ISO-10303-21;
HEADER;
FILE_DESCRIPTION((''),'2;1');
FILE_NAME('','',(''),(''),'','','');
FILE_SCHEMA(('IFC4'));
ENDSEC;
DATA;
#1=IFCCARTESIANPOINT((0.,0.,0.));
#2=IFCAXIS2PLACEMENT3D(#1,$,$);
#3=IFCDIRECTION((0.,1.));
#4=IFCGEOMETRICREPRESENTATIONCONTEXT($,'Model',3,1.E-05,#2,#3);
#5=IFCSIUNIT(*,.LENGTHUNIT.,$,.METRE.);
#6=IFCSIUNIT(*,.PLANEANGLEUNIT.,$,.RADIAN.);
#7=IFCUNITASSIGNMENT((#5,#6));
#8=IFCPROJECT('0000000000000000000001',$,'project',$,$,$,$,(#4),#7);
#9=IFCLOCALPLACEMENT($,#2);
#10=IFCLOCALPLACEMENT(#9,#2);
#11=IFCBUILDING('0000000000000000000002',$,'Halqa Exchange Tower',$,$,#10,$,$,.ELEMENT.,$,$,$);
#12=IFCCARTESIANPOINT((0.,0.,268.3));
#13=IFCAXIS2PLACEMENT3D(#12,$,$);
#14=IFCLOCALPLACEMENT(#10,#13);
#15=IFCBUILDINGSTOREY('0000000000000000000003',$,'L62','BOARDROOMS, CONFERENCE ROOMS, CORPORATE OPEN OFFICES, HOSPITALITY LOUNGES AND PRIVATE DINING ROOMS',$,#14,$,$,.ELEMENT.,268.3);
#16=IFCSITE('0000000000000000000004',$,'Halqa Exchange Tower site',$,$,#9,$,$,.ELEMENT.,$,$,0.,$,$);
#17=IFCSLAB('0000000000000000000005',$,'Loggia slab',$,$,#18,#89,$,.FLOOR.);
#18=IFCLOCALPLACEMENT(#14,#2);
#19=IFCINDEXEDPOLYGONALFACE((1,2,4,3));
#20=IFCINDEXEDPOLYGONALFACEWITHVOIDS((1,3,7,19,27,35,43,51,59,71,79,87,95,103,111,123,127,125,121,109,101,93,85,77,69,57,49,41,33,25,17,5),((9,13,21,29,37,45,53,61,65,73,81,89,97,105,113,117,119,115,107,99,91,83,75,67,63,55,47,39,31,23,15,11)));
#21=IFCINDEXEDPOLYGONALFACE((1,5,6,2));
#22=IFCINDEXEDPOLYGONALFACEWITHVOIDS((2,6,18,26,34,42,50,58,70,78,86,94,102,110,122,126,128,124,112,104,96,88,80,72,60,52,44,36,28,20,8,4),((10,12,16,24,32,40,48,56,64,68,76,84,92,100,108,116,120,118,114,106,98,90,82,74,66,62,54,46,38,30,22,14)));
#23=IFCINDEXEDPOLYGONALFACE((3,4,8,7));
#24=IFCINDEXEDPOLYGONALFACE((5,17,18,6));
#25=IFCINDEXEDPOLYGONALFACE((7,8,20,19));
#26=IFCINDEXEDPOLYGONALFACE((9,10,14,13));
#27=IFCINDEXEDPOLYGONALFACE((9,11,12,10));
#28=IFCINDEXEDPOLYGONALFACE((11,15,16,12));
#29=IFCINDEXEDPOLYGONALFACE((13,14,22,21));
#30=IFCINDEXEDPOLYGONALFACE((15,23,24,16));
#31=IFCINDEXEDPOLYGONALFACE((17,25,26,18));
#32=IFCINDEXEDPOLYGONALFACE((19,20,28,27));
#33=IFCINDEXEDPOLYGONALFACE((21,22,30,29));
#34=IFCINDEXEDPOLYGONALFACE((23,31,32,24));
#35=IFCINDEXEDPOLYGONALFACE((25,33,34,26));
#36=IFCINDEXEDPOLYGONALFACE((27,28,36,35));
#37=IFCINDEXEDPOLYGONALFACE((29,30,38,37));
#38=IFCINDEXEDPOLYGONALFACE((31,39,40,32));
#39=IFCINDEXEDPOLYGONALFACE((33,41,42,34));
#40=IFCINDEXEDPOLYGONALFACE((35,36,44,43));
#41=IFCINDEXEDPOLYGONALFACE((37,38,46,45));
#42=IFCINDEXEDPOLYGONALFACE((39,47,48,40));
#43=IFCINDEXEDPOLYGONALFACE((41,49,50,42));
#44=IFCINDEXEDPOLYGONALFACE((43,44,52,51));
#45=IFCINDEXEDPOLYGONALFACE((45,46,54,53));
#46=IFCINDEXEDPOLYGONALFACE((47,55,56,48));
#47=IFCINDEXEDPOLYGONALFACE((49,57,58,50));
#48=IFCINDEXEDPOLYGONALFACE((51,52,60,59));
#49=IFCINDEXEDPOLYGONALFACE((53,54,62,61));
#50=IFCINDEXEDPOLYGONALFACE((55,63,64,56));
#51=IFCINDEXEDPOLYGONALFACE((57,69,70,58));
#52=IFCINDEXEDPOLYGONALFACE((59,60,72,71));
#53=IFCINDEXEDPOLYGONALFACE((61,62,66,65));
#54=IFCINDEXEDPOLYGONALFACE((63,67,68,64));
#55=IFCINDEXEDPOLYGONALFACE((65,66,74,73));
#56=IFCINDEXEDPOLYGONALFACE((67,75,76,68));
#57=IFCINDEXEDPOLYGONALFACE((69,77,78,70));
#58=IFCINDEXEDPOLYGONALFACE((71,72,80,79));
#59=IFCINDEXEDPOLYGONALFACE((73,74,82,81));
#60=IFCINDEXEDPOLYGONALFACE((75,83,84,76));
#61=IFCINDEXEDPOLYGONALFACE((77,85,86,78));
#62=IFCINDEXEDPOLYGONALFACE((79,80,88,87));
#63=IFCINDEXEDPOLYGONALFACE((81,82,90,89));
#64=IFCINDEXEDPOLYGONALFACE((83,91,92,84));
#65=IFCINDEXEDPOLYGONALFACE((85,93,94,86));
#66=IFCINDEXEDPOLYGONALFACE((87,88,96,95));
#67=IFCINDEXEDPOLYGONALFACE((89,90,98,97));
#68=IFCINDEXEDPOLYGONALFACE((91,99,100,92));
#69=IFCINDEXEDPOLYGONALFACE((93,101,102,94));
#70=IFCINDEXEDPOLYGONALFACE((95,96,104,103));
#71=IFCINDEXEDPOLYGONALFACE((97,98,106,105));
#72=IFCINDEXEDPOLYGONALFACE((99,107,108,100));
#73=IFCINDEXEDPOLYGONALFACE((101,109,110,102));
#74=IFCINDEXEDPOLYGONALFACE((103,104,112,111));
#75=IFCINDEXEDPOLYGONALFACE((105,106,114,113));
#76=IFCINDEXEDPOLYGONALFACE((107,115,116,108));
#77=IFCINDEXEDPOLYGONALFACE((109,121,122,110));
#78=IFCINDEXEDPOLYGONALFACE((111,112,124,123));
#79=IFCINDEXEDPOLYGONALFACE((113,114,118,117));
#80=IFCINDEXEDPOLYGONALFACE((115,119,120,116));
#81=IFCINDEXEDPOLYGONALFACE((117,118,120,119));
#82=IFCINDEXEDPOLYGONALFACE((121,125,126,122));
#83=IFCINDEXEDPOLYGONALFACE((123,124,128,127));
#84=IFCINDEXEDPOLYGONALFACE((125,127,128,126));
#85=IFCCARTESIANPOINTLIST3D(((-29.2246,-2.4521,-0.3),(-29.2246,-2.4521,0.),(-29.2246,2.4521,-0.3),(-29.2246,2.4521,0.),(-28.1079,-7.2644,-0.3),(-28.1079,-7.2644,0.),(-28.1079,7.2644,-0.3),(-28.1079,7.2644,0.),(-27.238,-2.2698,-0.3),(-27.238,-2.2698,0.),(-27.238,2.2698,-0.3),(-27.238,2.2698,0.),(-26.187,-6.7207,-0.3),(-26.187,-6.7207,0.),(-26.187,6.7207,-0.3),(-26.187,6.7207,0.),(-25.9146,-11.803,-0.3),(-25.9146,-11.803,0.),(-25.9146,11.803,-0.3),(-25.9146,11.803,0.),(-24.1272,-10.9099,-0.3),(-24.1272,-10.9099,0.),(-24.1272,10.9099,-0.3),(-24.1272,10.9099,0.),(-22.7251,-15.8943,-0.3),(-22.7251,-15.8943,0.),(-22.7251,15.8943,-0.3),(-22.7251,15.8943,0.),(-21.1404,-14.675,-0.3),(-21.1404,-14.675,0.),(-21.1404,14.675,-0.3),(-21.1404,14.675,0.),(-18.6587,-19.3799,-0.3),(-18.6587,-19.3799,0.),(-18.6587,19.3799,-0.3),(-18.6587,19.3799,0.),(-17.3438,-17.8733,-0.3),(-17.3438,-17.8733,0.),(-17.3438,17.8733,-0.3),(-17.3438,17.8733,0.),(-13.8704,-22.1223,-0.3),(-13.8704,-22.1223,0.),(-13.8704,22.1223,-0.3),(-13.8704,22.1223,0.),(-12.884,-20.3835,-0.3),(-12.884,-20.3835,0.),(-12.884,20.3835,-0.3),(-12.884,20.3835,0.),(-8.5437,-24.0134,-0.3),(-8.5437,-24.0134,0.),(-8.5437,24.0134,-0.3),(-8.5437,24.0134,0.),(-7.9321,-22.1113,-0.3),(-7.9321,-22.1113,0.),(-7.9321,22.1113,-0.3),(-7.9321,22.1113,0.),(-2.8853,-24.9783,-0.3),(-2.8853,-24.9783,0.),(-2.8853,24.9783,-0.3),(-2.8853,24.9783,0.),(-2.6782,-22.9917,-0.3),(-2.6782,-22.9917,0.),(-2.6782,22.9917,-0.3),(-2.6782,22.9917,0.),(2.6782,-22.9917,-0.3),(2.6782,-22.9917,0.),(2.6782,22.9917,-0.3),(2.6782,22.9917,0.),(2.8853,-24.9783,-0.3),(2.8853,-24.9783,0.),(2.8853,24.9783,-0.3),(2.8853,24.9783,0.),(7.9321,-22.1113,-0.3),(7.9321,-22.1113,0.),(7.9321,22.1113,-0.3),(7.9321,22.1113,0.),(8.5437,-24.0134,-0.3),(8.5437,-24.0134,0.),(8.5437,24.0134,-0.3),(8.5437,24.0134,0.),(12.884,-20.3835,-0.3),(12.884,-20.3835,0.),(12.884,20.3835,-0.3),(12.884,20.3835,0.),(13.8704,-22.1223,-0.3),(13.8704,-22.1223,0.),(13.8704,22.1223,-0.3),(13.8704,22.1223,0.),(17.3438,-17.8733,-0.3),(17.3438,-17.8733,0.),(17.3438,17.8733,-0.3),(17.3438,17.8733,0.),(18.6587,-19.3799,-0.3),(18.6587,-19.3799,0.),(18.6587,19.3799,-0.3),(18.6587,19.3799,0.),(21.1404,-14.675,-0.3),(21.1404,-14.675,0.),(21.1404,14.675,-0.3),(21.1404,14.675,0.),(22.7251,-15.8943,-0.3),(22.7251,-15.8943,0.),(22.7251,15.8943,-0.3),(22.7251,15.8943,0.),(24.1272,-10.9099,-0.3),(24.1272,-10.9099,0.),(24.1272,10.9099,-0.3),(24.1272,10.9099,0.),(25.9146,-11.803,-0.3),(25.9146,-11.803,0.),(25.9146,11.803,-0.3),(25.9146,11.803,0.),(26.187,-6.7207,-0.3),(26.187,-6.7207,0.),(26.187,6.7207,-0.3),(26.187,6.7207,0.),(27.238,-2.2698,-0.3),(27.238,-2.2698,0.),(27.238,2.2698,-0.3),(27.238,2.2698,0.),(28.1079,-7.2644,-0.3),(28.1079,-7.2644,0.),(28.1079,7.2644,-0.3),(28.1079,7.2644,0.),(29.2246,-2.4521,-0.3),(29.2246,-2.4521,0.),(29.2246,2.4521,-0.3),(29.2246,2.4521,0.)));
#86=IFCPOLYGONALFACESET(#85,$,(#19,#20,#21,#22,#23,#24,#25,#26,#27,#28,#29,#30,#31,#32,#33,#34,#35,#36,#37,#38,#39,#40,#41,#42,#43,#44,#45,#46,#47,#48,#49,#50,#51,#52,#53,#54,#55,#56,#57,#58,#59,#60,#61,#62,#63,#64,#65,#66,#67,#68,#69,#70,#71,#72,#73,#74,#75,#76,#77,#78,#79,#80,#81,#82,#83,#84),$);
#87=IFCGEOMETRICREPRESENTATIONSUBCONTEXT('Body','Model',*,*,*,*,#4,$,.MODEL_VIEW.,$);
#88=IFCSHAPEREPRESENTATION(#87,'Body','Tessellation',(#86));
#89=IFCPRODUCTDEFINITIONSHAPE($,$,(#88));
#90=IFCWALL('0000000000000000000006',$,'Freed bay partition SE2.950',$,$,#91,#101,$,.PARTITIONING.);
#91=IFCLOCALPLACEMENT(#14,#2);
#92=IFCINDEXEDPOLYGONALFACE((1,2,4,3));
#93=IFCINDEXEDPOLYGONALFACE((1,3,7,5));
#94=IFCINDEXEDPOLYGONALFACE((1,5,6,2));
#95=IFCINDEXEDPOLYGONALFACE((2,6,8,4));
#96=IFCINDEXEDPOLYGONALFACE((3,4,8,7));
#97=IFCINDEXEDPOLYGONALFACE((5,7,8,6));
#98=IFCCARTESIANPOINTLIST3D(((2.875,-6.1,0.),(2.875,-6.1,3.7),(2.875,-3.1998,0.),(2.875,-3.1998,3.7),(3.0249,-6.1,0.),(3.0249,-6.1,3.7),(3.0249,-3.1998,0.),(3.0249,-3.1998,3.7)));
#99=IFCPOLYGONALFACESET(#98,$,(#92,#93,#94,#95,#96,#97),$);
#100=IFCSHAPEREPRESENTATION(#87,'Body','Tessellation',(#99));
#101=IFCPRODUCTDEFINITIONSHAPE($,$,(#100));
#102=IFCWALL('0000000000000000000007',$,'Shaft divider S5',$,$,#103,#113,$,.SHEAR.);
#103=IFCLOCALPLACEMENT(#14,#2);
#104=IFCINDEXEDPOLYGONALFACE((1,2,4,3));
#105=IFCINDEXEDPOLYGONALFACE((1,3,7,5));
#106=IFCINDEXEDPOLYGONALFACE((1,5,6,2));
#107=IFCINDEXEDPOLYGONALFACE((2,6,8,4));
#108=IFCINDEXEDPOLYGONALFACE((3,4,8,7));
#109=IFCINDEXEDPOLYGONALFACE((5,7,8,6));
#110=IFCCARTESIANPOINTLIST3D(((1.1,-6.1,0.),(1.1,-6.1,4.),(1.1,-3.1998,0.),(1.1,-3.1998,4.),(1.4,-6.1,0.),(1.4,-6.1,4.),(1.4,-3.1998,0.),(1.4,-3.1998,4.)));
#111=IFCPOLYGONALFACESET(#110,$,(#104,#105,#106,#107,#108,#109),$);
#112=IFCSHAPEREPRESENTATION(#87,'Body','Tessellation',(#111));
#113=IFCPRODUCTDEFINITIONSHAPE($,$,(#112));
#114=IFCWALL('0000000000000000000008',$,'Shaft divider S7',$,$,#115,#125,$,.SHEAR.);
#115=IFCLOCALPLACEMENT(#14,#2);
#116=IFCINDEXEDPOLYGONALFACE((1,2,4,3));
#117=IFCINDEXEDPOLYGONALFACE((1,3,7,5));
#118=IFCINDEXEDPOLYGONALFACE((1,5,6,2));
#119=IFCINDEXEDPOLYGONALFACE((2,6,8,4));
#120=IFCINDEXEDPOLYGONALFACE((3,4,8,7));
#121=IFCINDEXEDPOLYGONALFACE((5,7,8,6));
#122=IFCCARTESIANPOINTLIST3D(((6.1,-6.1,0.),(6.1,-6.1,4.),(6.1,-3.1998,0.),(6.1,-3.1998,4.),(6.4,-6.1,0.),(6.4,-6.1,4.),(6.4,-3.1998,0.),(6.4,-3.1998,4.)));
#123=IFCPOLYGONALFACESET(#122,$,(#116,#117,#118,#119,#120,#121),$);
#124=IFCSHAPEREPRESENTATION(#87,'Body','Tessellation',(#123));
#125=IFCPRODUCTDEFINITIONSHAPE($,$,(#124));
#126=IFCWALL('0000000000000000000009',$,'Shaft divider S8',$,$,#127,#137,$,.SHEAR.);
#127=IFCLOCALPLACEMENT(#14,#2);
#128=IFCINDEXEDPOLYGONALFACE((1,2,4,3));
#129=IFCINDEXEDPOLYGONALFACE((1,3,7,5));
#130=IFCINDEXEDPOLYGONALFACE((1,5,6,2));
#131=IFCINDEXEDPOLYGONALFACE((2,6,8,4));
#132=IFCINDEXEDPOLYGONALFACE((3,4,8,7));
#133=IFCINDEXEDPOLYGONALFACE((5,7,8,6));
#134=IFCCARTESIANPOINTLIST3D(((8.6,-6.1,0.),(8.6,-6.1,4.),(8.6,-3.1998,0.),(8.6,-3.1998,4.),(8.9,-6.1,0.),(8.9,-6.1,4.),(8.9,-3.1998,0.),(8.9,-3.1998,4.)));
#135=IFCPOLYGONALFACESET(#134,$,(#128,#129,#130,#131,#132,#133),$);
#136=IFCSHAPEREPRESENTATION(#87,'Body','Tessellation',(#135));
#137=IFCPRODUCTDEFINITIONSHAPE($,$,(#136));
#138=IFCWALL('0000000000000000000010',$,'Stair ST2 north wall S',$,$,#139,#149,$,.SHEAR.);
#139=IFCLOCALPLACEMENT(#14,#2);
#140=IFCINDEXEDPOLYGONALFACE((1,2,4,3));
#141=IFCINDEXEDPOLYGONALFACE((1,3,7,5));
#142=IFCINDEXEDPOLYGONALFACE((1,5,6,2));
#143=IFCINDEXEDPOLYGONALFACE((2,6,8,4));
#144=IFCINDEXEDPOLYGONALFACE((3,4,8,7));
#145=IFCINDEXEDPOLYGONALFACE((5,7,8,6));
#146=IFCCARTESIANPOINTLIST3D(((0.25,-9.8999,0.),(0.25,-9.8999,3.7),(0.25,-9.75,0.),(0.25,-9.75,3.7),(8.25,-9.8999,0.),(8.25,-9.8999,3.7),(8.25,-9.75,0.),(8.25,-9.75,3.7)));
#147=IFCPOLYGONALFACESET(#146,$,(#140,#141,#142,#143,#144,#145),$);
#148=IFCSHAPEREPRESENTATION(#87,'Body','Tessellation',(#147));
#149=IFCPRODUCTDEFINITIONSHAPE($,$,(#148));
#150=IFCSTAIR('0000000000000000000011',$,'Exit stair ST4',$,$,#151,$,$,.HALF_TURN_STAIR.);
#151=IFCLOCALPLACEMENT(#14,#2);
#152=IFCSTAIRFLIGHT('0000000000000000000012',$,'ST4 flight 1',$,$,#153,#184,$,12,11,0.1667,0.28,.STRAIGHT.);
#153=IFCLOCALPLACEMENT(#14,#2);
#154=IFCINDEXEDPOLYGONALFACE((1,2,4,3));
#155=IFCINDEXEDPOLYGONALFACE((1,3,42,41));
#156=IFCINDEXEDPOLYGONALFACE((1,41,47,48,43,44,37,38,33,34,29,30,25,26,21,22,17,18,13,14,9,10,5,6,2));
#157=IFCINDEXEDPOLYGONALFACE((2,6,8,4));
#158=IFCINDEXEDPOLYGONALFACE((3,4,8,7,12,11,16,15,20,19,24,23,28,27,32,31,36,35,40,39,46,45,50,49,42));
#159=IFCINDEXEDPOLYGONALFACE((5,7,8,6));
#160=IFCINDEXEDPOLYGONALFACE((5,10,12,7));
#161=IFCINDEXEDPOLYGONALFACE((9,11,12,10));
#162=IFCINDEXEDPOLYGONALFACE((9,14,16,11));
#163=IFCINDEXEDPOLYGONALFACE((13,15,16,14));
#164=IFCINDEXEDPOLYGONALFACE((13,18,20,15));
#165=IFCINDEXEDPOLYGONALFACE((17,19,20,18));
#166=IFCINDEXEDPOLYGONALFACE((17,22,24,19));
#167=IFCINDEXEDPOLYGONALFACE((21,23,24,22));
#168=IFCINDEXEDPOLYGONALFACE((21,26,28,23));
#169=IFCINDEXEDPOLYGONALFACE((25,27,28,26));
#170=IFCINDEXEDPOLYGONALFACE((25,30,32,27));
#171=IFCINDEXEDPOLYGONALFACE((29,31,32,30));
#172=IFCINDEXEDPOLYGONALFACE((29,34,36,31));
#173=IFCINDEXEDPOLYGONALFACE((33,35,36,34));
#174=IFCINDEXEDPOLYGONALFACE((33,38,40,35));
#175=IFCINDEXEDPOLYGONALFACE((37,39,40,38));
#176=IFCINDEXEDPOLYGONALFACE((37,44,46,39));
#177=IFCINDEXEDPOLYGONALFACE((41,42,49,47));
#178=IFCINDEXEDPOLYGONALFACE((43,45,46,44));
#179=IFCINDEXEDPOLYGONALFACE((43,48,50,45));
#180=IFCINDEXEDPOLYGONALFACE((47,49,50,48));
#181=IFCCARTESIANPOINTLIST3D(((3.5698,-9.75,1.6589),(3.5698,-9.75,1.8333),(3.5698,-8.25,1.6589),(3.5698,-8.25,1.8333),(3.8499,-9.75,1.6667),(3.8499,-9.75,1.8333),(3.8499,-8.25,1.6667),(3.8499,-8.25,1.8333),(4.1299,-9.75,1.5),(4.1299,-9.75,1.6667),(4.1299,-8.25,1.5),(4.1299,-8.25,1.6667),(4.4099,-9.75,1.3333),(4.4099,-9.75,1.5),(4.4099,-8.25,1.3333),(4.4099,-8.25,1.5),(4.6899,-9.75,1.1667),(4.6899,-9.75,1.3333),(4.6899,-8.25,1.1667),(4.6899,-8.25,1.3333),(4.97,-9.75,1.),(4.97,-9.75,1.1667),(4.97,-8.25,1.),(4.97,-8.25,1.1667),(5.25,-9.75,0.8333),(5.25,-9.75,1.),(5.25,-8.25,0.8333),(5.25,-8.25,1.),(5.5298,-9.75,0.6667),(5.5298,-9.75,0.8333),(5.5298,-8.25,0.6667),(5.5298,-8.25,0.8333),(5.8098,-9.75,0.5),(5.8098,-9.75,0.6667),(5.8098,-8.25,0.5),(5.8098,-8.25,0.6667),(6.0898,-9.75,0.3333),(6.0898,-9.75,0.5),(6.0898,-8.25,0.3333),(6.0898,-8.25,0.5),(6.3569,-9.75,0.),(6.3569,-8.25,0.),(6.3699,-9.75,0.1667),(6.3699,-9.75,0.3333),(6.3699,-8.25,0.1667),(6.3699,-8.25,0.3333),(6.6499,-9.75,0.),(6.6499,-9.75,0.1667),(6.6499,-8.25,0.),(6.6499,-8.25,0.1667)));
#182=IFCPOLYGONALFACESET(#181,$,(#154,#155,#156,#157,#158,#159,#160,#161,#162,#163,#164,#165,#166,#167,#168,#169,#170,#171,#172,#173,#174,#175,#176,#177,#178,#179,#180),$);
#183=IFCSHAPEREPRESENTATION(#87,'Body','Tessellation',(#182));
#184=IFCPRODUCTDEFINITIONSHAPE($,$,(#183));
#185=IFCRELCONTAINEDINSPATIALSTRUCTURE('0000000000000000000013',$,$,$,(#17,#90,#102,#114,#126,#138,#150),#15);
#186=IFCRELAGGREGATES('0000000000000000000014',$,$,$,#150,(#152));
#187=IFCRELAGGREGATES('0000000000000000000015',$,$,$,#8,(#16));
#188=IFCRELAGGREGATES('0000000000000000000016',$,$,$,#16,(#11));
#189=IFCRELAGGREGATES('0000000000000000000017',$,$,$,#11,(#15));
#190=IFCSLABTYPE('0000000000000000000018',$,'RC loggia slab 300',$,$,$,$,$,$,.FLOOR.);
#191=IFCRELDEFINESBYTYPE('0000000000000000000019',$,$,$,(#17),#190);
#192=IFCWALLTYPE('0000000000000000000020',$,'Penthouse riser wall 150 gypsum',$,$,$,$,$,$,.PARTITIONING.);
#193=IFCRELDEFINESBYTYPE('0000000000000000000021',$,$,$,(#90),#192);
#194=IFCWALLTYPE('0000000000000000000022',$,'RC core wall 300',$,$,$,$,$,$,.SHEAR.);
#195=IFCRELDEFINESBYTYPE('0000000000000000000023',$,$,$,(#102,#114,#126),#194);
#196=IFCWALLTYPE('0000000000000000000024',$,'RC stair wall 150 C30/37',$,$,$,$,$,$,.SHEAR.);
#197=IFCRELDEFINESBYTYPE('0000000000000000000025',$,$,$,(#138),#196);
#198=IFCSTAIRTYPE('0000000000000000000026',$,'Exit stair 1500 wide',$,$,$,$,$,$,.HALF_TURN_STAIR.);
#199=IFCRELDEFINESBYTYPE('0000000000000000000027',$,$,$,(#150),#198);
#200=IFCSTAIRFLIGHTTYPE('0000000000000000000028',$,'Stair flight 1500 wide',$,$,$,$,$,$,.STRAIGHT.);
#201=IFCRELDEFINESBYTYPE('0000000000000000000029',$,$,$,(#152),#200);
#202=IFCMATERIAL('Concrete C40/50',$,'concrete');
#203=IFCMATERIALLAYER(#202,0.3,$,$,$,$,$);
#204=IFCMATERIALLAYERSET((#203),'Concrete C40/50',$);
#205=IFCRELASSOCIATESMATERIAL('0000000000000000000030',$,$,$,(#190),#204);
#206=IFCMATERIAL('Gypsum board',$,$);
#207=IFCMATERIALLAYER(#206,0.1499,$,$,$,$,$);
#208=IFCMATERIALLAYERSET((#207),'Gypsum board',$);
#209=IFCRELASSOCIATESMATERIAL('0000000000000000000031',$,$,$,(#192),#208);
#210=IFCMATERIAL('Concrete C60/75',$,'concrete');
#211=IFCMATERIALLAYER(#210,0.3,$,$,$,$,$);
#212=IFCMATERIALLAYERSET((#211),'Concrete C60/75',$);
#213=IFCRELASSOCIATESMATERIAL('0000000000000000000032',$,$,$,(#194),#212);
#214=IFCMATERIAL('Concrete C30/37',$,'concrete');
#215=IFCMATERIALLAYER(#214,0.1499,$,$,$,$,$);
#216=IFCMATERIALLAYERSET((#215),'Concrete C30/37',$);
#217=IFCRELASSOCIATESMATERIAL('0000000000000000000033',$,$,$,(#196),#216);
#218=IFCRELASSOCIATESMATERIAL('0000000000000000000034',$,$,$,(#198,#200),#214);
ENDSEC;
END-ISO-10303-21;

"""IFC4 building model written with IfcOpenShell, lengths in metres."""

from ifc_helpers import new_model, si_unit, direction, frame, frame_2d, origin, place, context, subcontext, project, spatial, polyline, rectangle, outline, extrude, material, layer, layer_set, type_object, element, aggregate, save


model = new_model("IFC4")

# Units and contexts
model_context = context("Model", 3, precision=1e-05, world=origin(), true_north=direction((0.0, 1.0)))
body_context = subcontext(model_context, "Body", "Model", "MODEL_VIEW")
ifc_project = project(units=[si_unit("LENGTHUNIT", "METRE"), si_unit("PLANEANGLEUNIT", "RADIAN")], contexts=[model_context])

# Site, building, storey
site_placement = place(None, origin())
site = spatial("IfcSite", under=ifc_project, at=site_placement, Name="Halqa Exchange Tower site", CompositionType="ELEMENT", RefElevation=0.0)
building_placement = place(site_placement, origin())
building = spatial("IfcBuilding", under=site, at=building_placement, Name="Halqa Exchange Tower", CompositionType="ELEMENT")
storey_placement = place(building_placement, frame((0.0, 0.0, 268.3)))
storey = spatial("IfcBuildingStorey", under=building, at=storey_placement, Name="L62", Description="BOARDROOMS, CONFERENCE ROOMS, CORPORATE OPEN OFFICES, HOSPITALITY LOUNGES AND PRIVATE DINING ROOMS", CompositionType="ELEMENT", Elevation=268.3)

# Slab
ifc_material_1 = material(Name="Concrete C60/75", Category="concrete")
ifc_material_2 = material(Name="Concrete C40/50", Category="concrete")
ifc_layer_1 = layer(ifc_material_2, 0.3)
ifc_layer_set_1 = layer_set([ifc_layer_1], Name="Concrete C40/50")
slab_type_1 = type_object("IfcSlabType", Name="RC loggia slab 300", PredefinedType="FLOOR", material=ifc_layer_set_1)
slab_1_placement = place(storey_placement, frame((0.0, 0.0, -0.3)))
element("IfcSlab", 1, at=slab_1_placement, inside=storey, type_object=slab_type_1, Name="Loggia slab", PredefinedType="FLOOR", context=body_context, shape_type="SweptSolid", body=[
    extrude(outline(polyline([(29.2246, 2.4521), (29.2246, -2.4521), (28.1079, -7.2644), (25.9146, -11.803), (22.7251, -15.8943), (18.6587, -19.3799), (13.8704, -22.1223), (8.5437, -24.0134), (2.8853, -24.9783), (-2.8853, -24.9783), (-8.5437, -24.0134), (-13.8704, -22.1223), (-18.6587, -19.3799), (-22.7251, -15.8943), (-25.9146, -11.803), (-28.1079, -7.2644), (-29.2246, -2.4521), (-29.2246, 2.4521), (-28.1079, 7.2644), (-25.9146, 11.803), (-22.7251, 15.8943), (-18.6587, 19.3799), (-13.8704, 22.1223), (-8.5437, 24.0134), (-2.8853, 24.9783), (2.8853, 24.9783), (8.5437, 24.0134), (13.8704, 22.1223), (18.6587, 19.3799), (22.7251, 15.8943), (25.9146, 11.803), (28.1079, 7.2644), (29.2246, 2.4521)]), holes=[polyline([(27.238, 2.2698), (26.187, 6.7207), (24.1272, 10.9099), (21.1404, 14.675), (17.3438, 17.8733), (12.884, 20.3835), (7.9321, 22.1113), (2.6782, 22.9917), (-2.6782, 22.9917), (-7.9321, 22.1113), (-12.884, 20.3835), (-17.3438, 17.8733), (-21.1404, 14.675), (-24.1272, 10.9099), (-26.187, 6.7207), (-27.238, 2.2698), (-27.238, -2.2698), (-26.187, -6.7207), (-24.1272, -10.9099), (-21.1404, -14.675), (-17.3438, -17.8733), (-12.884, -20.3835), (-7.9321, -22.1113), (-2.6782, -22.9917), (2.6782, -22.9917), (7.9321, -22.1113), (12.884, -20.3835), (17.3438, -17.8733), (21.1404, -14.675), (24.1272, -10.9099), (26.187, -6.7207), (27.238, -2.2698), (27.238, 2.2698)])]), origin(), (0.0, 0.0, 1.0), 0.3),
])

# Walls
ifc_material_3 = material(Name="Gypsum board")
ifc_layer_2 = layer(ifc_material_3, 0.1499)
ifc_layer_set_2 = layer_set([ifc_layer_2], Name="Gypsum board")
wall_type_1 = type_object("IfcWallType", Name="Penthouse riser wall 150 gypsum", PredefinedType="PARTITIONING", material=ifc_layer_set_2)
wall_1_placement = place(storey_placement, frame((2.95, -6.1001, 0.0), z_axis=(0.0, 0.0, 1.0), x_axis=(0.0, 1.0, 0.0)))
element("IfcWall", 2, at=wall_1_placement, inside=storey, type_object=wall_type_1, Name="Freed bay partition SE2.950", PredefinedType="PARTITIONING", context=body_context, shape_type="SweptSolid", body=[
    extrude(rectangle(XDim=2.9001, YDim=0.1499, at=frame_2d((1.4502, 0.0))), origin(), (0.0, 0.0, 1.0), 3.7),
])
ifc_layer_3 = layer(ifc_material_1, 0.3)
ifc_layer_set_3 = layer_set([ifc_layer_3], Name="Concrete C60/75")
wall_type_2 = type_object("IfcWallType", Name="RC core wall 300", PredefinedType="SHEAR", material=ifc_layer_set_3)
for number, where, z_axis, x_axis, name in (
    (3, (1.25, -6.1001, 0.0), (0.0, 0.0, 1.0), (0.0, 1.0, 0.0), "Shaft divider S5"),
    (4, (6.25, -6.1001, 0.0), (0.0, 0.0, 1.0), (0.0, 1.0, 0.0), "Shaft divider S7"),
    (5, (8.75, -6.1001, 0.0), (0.0, 0.0, 1.0), (0.0, 1.0, 0.0), "Shaft divider S8"),
):
    element("IfcWall", number, at=place(storey_placement, frame(where, z_axis=z_axis, x_axis=x_axis)), inside=storey, type_object=wall_type_2, Name=name, PredefinedType="SHEAR", context=body_context, shape_type="SweptSolid", body=[
        extrude(rectangle(XDim=2.9001, YDim=0.3, at=frame_2d((1.4502, 0.0))), origin(), (0.0, 0.0, 1.0), 4.0),
    ])
ifc_material_4 = material(Name="Concrete C30/37", Category="concrete")
ifc_layer_4 = layer(ifc_material_4, 0.1499)
ifc_layer_set_4 = layer_set([ifc_layer_4], Name="Concrete C30/37")
wall_type_3 = type_object("IfcWallType", Name="RC stair wall 150 C30/37", PredefinedType="SHEAR", material=ifc_layer_set_4)
wall_2_placement = place(storey_placement, frame((0.25, -9.825, 0.0), z_axis=(0.0, 0.0, 1.0), x_axis=(1.0, 0.0, 0.0)))
element("IfcWall", 6, at=wall_2_placement, inside=storey, type_object=wall_type_3, Name="Stair ST2 north wall S", PredefinedType="SHEAR", context=body_context, shape_type="SweptSolid", body=[
    extrude(rectangle(XDim=8.0, YDim=0.1499, at=frame_2d((4.0, 0.0))), origin(), (0.0, 0.0, 1.0), 3.7),
])

# Stair, stair flight
stair_type = type_object("IfcStairType", Name="Exit stair 1500 wide", PredefinedType="HALF_TURN_STAIR", material=ifc_material_4)
stair_placement = place(storey_placement, origin())
stair = element("IfcStair", 7, at=stair_placement, inside=storey, type_object=stair_type, Name="Exit stair ST4", PredefinedType="HALF_TURN_STAIR")
stair_flight_type = type_object("IfcStairFlightType", Name="Stair flight 1500 wide", PredefinedType="STRAIGHT", material=ifc_material_4)
stair_flight_1_placement = place(storey_placement, frame((6.6499, -9.0, 0.0), z_axis=(0.0, 0.0, 1.0), x_axis=(-1.0, 0.0, 0.0)))
stair_flight_1 = element("IfcStairFlight", 8, at=stair_flight_1_placement, type_object=stair_flight_type, Name="ST4 flight 1", NumberOfRisers=12, NumberOfTreads=11, PredefinedType="STRAIGHT", RiserHeight=0.1667, TreadLength=0.28, context=body_context, shape_type="SweptSolid", body=[
    extrude(outline(polyline([(0.0, 0.0), (0.0, 0.1667), (0.28, 0.1667), (0.28, 0.3333), (0.5601, 0.3333), (0.5601, 0.5), (0.8401, 0.5), (0.8401, 0.6667), (1.1201, 0.6667), (1.1201, 0.8333), (1.3999, 0.8333), (1.3999, 1.0), (1.6799, 1.0), (1.6799, 1.1667), (1.96, 1.1667), (1.96, 1.3333), (2.24, 1.3333), (2.24, 1.5), (2.52, 1.5), (2.52, 1.6667), (2.8, 1.6667), (2.8, 1.8333), (3.0801, 1.8333), (3.0801, 2.0), (3.0801, 1.6589), (0.293, 0.0), (0.0, 0.0)])), frame((0.0, 0.75, 0.0), z_axis=(0.0, -1.0, 0.0), x_axis=(1.0, 0.0, 0.0)), (0.0, 0.0, 1.0), 1.5),
])
aggregate(stair, [stair_flight_1])

save(model, "model.ifc")
